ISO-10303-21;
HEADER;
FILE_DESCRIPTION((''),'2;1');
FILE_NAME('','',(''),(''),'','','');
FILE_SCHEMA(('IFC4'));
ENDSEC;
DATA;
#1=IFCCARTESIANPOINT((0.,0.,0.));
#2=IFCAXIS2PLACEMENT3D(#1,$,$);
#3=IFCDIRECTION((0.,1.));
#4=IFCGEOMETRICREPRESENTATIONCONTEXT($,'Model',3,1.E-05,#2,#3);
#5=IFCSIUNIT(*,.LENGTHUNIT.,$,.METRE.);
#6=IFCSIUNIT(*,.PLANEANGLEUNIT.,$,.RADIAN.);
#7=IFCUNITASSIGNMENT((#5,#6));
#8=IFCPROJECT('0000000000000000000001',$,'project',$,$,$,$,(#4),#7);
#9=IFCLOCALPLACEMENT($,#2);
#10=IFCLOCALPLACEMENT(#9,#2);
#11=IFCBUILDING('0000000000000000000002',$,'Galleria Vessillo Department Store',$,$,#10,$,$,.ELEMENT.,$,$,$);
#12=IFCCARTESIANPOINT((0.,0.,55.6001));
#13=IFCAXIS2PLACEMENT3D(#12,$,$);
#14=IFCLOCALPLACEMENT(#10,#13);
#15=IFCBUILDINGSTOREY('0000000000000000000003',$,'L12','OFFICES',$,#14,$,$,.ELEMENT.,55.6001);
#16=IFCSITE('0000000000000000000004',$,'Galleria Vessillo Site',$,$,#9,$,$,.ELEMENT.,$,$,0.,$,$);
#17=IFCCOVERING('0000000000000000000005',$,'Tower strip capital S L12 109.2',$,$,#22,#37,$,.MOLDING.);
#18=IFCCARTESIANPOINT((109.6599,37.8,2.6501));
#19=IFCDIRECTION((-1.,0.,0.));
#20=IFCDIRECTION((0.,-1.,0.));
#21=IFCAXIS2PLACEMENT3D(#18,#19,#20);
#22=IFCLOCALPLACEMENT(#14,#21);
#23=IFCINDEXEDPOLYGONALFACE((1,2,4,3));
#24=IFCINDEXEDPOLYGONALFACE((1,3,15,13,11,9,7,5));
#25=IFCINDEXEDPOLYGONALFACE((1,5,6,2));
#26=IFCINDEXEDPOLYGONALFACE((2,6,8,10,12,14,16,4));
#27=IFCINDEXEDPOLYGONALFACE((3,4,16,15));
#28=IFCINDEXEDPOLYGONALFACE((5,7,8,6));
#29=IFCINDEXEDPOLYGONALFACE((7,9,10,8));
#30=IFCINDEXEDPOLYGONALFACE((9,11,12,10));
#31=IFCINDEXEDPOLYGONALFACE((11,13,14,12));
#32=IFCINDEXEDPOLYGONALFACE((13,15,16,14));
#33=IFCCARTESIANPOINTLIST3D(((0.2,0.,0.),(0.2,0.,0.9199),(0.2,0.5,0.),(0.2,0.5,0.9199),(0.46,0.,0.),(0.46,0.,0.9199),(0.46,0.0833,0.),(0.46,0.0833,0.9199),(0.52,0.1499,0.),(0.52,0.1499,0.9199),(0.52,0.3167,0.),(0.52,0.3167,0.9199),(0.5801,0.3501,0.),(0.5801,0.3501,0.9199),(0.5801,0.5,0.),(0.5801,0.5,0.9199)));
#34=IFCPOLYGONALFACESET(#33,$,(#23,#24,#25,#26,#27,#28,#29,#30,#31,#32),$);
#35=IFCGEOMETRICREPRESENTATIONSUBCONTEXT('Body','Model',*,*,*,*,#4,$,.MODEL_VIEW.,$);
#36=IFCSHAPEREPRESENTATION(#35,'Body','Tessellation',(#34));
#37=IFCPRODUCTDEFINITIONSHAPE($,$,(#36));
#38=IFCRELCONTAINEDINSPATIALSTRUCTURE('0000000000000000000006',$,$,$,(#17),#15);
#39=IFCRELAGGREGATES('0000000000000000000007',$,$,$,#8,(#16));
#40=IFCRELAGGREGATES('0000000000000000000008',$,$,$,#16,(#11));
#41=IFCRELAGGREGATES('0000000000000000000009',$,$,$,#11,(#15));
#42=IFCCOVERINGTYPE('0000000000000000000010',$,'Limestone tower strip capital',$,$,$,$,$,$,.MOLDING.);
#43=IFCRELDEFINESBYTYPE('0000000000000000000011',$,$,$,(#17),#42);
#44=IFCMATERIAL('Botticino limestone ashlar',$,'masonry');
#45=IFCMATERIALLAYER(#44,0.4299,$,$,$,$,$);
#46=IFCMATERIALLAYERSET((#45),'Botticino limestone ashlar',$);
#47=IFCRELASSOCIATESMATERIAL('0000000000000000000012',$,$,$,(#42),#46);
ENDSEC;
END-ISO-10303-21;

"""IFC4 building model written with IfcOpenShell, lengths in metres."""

from ifc_helpers import new_model, si_unit, direction, frame, origin, place, context, subcontext, project, spatial, polyline, outline, extrude, material, layer, layer_set, type_object, element, save


model = new_model("IFC4")

# Units and contexts
model_context = context("Model", 3, precision=1e-05, world=origin(), true_north=direction((0.0, 1.0)))
body_context = subcontext(model_context, "Body", "Model", "MODEL_VIEW")
ifc_project = project(units=[si_unit("LENGTHUNIT", "METRE"), si_unit("PLANEANGLEUNIT", "RADIAN")], contexts=[model_context])

# Site, building, storey
site_placement = place(None, origin())
site = spatial("IfcSite", under=ifc_project, at=site_placement, Name="Galleria Vessillo Site", CompositionType="ELEMENT", RefElevation=0.0)
building_placement = place(site_placement, origin())
building = spatial("IfcBuilding", under=site, at=building_placement, Name="Galleria Vessillo Department Store", CompositionType="ELEMENT")
storey_placement = place(building_placement, frame((0.0, 0.0, 55.6001)))
storey = spatial("IfcBuildingStorey", under=building, at=storey_placement, Name="L12", Description="OFFICES", CompositionType="ELEMENT", Elevation=55.6001)

# Covering
ifc_material_1 = material(Name="Botticino limestone ashlar", Category="masonry")
ifc_layer_1 = layer(ifc_material_1, 0.4299)
ifc_layer_set_1 = layer_set([ifc_layer_1], Name="Botticino limestone ashlar")
covering_type_1 = type_object("IfcCoveringType", Name="Limestone tower strip capital", PredefinedType="MOLDING", material=ifc_layer_set_1)
covering_1_placement = place(storey_placement, frame((109.6599, 37.8, 2.6501), z_axis=(-1.0, 0.0, 0.0), x_axis=(0.0, -1.0, 0.0)))
element("IfcCovering", 1, at=covering_1_placement, inside=storey, type_object=covering_type_1, Name="Tower strip capital S L12 109.2", PredefinedType="MOLDING", context=body_context, shape_type="SweptSolid", body=[
    extrude(outline(polyline([(0.2, 0.0), (0.46, 0.0), (0.46, 0.0833), (0.52, 0.1499), (0.52, 0.3167), (0.5801, 0.3501), (0.5801, 0.5), (0.2, 0.5), (0.2, 0.0)])), origin(), (0.0, 0.0, 1.0), 0.9199),
])

save(model, "model.ifc")
